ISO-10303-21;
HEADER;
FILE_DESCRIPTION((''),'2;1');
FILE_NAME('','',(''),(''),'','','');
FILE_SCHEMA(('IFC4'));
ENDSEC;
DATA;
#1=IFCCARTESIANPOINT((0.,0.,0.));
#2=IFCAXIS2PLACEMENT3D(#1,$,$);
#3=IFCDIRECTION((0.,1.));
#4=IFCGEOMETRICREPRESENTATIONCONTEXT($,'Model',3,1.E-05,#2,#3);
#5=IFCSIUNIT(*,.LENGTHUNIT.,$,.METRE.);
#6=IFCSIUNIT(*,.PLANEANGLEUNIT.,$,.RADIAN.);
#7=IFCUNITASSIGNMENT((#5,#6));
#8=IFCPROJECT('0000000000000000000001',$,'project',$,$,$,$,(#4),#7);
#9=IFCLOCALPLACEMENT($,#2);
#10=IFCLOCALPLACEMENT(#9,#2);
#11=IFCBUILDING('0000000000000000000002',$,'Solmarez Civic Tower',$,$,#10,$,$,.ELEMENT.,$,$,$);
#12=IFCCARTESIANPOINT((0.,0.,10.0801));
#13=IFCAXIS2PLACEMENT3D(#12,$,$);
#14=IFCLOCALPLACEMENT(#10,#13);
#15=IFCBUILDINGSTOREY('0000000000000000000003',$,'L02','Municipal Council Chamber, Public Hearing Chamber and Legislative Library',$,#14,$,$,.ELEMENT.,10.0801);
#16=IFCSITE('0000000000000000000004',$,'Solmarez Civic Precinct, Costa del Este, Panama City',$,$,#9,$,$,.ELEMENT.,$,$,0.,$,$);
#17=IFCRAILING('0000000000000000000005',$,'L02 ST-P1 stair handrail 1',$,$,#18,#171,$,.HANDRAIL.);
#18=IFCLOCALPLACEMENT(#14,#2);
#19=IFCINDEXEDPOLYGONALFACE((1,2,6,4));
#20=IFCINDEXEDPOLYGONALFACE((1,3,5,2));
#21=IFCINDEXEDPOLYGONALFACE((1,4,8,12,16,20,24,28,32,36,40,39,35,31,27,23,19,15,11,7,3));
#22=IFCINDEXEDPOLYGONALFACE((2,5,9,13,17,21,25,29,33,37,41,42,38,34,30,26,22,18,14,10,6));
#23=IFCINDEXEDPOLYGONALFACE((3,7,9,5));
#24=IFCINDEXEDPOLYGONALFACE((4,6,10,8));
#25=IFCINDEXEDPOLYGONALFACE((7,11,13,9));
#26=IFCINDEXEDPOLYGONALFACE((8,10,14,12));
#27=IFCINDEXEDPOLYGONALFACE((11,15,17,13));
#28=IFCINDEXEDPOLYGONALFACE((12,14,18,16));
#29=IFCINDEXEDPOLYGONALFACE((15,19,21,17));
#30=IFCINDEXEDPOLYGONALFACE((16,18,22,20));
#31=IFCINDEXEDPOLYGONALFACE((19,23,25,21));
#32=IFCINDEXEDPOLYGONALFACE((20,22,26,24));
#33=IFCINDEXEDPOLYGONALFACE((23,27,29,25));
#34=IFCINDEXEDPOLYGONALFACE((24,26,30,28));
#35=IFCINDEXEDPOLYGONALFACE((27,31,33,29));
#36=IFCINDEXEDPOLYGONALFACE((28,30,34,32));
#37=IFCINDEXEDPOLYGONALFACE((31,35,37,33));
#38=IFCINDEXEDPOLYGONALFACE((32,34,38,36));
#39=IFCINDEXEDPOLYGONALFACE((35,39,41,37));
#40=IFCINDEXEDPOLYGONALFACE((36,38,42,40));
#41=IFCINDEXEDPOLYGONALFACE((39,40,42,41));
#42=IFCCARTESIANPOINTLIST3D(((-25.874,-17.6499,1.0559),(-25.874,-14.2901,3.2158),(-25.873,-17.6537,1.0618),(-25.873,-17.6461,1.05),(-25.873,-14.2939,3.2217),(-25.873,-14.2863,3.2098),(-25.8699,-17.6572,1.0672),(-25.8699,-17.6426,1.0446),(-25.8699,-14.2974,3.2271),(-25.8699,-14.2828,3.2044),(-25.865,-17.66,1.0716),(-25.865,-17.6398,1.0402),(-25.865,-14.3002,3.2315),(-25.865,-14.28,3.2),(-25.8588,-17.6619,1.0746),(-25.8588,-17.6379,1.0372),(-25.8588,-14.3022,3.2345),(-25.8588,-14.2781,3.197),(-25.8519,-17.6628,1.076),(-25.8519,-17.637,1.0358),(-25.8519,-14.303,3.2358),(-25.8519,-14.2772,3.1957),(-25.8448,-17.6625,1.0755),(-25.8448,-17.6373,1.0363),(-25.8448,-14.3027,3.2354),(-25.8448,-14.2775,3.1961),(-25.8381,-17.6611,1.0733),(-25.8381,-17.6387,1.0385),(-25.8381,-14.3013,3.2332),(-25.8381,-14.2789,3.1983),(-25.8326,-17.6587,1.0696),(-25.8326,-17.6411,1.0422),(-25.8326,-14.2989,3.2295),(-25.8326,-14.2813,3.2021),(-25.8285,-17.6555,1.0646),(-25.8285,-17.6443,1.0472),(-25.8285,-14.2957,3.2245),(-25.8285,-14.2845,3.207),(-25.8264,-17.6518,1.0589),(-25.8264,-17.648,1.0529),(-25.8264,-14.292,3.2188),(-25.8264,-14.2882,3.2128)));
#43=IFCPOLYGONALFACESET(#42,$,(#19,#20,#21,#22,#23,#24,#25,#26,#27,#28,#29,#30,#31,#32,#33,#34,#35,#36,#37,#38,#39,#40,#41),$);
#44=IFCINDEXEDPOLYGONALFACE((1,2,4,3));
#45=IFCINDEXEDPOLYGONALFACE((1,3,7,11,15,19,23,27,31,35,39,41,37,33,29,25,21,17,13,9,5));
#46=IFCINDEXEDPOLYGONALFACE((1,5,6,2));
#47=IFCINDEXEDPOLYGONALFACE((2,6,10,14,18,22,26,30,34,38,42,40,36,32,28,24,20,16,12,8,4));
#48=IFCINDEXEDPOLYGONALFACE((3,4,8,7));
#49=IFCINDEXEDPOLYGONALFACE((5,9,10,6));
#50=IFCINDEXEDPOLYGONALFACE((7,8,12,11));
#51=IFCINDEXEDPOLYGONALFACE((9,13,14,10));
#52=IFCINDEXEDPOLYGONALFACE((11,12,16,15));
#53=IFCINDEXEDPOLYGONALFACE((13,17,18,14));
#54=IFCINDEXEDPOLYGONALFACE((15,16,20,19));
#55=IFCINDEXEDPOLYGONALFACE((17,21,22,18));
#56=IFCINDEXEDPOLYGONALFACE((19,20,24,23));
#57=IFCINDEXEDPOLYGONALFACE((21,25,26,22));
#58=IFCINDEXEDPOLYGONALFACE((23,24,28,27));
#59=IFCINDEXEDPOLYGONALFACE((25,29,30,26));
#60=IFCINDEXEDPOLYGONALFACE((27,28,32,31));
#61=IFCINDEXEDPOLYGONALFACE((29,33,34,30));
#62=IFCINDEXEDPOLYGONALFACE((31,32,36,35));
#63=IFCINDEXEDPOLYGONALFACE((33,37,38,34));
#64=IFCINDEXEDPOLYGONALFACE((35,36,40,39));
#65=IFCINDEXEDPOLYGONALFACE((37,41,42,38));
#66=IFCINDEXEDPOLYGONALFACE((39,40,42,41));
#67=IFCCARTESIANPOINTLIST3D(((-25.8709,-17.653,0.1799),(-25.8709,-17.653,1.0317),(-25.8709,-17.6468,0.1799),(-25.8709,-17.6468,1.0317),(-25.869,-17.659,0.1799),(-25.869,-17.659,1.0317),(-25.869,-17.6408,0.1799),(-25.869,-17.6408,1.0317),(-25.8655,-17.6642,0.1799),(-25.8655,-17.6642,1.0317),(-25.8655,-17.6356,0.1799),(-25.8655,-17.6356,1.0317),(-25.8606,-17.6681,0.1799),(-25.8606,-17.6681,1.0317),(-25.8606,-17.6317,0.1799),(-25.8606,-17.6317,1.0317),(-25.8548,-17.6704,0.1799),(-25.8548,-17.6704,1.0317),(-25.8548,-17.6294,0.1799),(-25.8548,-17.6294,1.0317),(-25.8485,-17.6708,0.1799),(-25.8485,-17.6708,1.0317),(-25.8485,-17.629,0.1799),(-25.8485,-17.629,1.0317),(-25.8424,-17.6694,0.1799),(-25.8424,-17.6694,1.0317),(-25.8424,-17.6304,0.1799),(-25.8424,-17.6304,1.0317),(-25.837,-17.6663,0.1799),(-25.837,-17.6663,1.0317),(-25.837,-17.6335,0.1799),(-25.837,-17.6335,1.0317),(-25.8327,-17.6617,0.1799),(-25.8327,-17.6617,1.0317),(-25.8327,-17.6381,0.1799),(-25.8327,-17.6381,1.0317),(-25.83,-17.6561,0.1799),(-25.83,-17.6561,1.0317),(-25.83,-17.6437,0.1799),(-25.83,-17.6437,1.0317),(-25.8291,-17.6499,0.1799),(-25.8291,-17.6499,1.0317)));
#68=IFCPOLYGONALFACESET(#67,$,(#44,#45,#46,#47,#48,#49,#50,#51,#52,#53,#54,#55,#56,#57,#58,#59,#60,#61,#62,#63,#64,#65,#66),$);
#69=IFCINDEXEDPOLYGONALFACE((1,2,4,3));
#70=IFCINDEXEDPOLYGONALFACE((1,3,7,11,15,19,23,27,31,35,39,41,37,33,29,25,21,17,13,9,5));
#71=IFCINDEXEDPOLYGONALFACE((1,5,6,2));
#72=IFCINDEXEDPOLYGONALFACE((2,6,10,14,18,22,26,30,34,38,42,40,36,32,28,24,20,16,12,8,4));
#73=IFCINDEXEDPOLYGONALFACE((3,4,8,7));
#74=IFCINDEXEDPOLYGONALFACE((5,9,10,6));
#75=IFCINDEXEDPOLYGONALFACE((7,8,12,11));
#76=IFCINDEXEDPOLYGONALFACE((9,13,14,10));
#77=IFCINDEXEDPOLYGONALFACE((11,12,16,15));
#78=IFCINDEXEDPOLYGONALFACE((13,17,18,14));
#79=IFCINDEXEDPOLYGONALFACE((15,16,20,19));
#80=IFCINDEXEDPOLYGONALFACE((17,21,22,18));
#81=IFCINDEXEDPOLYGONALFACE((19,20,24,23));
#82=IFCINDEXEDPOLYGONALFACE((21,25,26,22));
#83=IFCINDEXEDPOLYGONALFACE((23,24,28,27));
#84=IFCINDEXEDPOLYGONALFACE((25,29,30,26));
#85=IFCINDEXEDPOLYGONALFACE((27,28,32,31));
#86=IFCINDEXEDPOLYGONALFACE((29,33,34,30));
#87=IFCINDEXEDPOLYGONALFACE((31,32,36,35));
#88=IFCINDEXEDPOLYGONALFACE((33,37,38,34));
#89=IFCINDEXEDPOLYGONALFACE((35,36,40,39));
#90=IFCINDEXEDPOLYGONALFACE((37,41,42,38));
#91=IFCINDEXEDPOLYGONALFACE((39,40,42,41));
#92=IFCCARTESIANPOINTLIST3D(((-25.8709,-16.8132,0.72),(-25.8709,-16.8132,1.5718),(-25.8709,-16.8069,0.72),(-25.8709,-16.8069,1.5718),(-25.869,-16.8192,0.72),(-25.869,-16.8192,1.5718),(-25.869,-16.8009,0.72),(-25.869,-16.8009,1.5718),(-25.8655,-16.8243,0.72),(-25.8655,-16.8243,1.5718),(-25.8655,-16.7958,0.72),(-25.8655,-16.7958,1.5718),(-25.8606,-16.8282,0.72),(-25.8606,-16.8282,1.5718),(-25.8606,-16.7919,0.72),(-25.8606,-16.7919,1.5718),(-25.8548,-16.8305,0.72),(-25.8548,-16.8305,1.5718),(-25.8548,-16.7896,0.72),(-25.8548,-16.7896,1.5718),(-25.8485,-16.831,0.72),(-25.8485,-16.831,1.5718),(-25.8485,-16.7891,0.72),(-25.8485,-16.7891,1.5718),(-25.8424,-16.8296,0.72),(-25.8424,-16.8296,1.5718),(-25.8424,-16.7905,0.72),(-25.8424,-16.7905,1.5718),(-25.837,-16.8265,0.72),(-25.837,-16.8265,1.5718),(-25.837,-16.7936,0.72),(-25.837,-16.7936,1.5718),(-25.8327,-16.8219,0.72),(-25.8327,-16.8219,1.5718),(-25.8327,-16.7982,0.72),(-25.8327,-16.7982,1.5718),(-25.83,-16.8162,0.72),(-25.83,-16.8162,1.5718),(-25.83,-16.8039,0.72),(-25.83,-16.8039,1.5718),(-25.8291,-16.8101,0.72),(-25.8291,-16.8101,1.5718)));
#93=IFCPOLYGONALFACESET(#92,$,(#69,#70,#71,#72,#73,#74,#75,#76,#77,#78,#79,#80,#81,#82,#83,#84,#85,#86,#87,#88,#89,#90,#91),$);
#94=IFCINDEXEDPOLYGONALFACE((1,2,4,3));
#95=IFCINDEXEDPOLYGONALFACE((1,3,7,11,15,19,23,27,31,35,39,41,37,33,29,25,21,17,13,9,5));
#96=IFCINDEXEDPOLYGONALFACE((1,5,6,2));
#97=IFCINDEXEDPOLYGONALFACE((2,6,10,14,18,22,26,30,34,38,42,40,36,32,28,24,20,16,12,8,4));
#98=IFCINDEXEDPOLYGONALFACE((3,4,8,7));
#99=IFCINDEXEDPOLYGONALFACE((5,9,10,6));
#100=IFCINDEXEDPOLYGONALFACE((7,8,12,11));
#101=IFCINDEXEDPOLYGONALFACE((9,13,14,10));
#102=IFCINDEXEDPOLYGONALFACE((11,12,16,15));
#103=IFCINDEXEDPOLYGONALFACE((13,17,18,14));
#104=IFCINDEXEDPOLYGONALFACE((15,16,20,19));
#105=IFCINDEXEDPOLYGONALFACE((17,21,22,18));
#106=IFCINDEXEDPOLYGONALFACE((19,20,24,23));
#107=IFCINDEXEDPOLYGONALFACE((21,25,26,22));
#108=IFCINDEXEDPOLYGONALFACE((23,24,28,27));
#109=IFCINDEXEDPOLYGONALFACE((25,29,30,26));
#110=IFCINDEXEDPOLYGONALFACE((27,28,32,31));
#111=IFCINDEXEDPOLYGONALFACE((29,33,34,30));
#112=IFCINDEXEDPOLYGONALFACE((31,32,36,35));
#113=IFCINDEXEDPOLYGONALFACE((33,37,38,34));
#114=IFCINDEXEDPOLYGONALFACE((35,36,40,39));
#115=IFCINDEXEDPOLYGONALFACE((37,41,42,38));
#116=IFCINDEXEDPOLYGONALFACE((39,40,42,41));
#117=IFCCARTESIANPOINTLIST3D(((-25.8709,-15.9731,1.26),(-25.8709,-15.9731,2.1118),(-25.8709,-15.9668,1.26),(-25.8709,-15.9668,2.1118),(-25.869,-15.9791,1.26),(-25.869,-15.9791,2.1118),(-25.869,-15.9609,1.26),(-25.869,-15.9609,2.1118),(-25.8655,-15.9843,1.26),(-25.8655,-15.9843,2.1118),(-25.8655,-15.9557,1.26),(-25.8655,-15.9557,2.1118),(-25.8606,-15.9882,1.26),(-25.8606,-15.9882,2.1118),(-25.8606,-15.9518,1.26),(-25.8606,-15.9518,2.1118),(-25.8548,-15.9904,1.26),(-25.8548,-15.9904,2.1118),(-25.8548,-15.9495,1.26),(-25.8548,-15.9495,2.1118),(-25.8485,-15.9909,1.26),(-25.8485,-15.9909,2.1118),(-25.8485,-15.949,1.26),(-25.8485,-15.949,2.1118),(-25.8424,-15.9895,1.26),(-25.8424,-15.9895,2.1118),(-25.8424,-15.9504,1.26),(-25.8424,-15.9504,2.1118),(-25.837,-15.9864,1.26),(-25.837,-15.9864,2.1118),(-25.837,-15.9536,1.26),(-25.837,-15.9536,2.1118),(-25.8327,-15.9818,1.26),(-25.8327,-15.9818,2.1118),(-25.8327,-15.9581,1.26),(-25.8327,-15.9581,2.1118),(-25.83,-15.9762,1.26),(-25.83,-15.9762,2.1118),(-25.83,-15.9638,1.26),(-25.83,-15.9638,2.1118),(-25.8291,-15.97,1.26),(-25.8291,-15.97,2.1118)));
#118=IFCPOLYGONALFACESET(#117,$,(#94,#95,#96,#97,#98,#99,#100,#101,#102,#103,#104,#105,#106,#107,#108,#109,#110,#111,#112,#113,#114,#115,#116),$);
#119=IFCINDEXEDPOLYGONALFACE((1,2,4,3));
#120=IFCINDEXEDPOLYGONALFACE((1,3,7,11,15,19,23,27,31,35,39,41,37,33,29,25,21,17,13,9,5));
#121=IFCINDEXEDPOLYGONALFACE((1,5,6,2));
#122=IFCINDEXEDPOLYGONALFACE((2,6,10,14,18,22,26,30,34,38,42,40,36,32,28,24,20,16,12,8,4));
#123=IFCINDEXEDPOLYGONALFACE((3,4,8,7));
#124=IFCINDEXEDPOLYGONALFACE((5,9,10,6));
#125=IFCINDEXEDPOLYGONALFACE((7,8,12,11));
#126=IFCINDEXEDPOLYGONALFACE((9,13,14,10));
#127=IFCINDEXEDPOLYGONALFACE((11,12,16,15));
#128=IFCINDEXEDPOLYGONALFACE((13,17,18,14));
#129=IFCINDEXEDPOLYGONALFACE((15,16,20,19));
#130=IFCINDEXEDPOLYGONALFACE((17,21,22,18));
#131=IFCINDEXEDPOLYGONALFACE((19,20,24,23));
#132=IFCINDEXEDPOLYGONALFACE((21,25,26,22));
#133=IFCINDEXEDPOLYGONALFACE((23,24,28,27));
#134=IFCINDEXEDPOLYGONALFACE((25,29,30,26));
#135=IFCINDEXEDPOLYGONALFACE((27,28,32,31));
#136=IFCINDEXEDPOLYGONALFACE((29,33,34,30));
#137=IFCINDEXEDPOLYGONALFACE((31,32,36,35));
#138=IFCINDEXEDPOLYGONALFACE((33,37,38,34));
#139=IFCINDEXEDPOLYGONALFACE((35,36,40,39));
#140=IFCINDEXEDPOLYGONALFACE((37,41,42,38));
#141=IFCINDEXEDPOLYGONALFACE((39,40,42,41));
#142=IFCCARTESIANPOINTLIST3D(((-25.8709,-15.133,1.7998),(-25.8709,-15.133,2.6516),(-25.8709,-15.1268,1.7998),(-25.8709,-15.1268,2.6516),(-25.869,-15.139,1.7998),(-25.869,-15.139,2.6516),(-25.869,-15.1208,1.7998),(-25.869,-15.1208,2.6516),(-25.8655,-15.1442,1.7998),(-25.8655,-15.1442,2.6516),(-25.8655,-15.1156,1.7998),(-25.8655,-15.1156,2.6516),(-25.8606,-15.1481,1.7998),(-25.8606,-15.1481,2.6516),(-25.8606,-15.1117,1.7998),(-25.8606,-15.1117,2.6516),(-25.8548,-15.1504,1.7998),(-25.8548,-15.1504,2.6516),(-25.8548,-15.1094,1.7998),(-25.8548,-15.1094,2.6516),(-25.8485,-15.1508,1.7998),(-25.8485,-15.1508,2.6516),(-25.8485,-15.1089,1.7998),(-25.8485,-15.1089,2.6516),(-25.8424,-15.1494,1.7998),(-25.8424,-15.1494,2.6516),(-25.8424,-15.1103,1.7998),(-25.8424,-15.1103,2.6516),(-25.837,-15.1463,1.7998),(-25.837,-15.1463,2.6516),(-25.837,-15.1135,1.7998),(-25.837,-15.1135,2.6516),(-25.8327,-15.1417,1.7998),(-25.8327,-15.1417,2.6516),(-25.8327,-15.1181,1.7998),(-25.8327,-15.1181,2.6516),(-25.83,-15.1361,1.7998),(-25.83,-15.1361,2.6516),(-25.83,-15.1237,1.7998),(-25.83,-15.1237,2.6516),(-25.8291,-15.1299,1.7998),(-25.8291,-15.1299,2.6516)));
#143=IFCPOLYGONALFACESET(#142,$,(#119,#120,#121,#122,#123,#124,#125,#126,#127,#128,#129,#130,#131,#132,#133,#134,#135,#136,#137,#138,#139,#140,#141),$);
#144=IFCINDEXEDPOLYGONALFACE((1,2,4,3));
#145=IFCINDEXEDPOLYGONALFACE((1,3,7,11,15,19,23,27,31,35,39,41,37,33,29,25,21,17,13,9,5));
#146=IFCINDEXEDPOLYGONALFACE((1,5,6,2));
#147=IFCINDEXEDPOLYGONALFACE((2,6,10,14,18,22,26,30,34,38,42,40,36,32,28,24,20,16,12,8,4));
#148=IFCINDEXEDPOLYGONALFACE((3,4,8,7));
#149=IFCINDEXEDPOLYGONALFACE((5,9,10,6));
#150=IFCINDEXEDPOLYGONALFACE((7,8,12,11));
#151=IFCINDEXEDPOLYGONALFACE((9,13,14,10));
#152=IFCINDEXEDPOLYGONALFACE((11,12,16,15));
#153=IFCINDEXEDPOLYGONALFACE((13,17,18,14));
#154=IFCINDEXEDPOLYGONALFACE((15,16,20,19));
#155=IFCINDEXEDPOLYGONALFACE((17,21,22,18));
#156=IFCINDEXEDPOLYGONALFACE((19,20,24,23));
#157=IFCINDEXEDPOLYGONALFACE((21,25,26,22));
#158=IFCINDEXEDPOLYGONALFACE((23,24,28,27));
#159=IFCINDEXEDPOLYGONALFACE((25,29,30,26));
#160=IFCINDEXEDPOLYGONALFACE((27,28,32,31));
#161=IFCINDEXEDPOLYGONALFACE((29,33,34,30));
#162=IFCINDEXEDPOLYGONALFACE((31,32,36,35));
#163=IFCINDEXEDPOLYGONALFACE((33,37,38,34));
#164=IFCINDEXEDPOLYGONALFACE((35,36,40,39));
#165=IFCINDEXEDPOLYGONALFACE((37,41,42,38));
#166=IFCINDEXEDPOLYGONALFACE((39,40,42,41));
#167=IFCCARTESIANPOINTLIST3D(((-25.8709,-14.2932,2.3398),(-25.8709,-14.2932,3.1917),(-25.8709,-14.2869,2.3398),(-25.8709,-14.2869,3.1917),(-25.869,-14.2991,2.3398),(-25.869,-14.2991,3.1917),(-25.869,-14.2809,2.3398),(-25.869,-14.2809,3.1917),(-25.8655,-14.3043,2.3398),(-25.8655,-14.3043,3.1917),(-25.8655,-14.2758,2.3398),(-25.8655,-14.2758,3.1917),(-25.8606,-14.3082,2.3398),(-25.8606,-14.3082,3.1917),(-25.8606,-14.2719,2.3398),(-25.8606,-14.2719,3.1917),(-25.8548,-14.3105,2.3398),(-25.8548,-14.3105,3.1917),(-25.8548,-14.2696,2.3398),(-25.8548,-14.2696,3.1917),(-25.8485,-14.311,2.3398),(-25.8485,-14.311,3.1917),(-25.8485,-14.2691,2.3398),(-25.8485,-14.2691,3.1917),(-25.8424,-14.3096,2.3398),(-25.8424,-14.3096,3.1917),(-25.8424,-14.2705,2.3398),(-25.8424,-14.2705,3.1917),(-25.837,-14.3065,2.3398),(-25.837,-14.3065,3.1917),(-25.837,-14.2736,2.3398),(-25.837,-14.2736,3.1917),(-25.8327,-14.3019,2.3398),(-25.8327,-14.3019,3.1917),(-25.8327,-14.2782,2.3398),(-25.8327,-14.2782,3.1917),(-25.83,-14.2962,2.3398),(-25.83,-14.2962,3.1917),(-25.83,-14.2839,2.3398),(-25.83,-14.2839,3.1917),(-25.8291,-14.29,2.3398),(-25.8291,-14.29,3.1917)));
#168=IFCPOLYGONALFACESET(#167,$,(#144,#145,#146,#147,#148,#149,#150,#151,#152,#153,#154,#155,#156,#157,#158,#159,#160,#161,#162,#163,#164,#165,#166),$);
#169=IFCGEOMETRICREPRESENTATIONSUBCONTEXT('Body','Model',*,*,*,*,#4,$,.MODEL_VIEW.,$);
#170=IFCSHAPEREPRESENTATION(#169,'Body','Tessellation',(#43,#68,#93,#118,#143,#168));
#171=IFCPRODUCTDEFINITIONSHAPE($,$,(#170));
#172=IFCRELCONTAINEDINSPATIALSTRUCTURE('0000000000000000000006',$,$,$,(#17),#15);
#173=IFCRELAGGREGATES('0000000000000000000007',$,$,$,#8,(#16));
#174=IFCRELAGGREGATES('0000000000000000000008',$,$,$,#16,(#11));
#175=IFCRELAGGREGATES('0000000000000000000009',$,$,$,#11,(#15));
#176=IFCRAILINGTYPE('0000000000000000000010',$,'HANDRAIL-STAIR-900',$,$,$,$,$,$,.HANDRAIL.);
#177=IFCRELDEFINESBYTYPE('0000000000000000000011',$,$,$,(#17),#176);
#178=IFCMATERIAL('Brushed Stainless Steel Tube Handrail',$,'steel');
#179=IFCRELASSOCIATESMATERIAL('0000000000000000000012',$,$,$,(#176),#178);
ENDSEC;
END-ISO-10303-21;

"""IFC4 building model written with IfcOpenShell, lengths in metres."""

from ifc_helpers import new_model, si_unit, direction, frame, origin, origin_2d, place, context, subcontext, project, spatial, circle, extrude, material, type_object, element, save


model = new_model("IFC4")

# Units and contexts
model_context = context("Model", 3, precision=1e-05, world=origin(), true_north=direction((0.0, 1.0)))
body_context = subcontext(model_context, "Body", "Model", "MODEL_VIEW")
ifc_project = project(units=[si_unit("LENGTHUNIT", "METRE"), si_unit("PLANEANGLEUNIT", "RADIAN")], contexts=[model_context])

# Site, building, storey
site_placement = place(None, origin())
site = spatial("IfcSite", under=ifc_project, at=site_placement, Name="Solmarez Civic Precinct, Costa del Este, Panama City", CompositionType="ELEMENT", RefElevation=0.0)
building_placement = place(site_placement, origin())
building = spatial("IfcBuilding", under=site, at=building_placement, Name="Solmarez Civic Tower", CompositionType="ELEMENT")
storey_placement = place(building_placement, frame((0.0, 0.0, 10.0801)))
storey = spatial("IfcBuildingStorey", under=building, at=storey_placement, Name="L02", Description="Municipal Council Chamber, Public Hearing Chamber and Legislative Library", CompositionType="ELEMENT", Elevation=10.0801)

# Railing
ifc_material_1 = material(Name="Brushed Stainless Steel Tube Handrail", Category="steel")
railing_type_1 = type_object("IfcRailingType", Name="HANDRAIL-STAIR-900", PredefinedType="HANDRAIL", material=ifc_material_1)
railing_1_placement = place(storey_placement, frame((-25.8501, -17.6499, 0.1799)))
element("IfcRailing", 1, at=railing_1_placement, inside=storey, type_object=railing_type_1, Name="L02 ST-P1 stair handrail 1", PredefinedType="HANDRAIL", context=body_context, shape_type="SweptSolid", body=[
    extrude(circle(Radius=0.0239, at=origin_2d()), frame((0.0, 0.0, 0.876), z_axis=(0.0, 0.841178, 0.540758), x_axis=(-1.0, 0.0, 0.0)), (0.0, 0.0, 1.0), 3.9941),
    extrude(circle(Radius=0.021, at=origin_2d()), origin(), (0.0, 0.0, 1.0), 0.8518),
    extrude(circle(Radius=0.021, at=origin_2d()), frame((0.0, 0.8398, 0.54)), (0.0, 0.0, 1.0), 0.8518),
    extrude(circle(Radius=0.021, at=origin_2d()), frame((0.0, 1.6799, 1.0801)), (0.0, 0.0, 1.0), 0.8518),
    extrude(circle(Radius=0.021, at=origin_2d()), frame((0.0, 2.52, 1.6199)), (0.0, 0.0, 1.0), 0.8518),
    extrude(circle(Radius=0.021, at=origin_2d()), frame((0.0, 3.3599, 2.1599)), (0.0, 0.0, 1.0), 0.8518),
])

save(model, "model.ifc")
